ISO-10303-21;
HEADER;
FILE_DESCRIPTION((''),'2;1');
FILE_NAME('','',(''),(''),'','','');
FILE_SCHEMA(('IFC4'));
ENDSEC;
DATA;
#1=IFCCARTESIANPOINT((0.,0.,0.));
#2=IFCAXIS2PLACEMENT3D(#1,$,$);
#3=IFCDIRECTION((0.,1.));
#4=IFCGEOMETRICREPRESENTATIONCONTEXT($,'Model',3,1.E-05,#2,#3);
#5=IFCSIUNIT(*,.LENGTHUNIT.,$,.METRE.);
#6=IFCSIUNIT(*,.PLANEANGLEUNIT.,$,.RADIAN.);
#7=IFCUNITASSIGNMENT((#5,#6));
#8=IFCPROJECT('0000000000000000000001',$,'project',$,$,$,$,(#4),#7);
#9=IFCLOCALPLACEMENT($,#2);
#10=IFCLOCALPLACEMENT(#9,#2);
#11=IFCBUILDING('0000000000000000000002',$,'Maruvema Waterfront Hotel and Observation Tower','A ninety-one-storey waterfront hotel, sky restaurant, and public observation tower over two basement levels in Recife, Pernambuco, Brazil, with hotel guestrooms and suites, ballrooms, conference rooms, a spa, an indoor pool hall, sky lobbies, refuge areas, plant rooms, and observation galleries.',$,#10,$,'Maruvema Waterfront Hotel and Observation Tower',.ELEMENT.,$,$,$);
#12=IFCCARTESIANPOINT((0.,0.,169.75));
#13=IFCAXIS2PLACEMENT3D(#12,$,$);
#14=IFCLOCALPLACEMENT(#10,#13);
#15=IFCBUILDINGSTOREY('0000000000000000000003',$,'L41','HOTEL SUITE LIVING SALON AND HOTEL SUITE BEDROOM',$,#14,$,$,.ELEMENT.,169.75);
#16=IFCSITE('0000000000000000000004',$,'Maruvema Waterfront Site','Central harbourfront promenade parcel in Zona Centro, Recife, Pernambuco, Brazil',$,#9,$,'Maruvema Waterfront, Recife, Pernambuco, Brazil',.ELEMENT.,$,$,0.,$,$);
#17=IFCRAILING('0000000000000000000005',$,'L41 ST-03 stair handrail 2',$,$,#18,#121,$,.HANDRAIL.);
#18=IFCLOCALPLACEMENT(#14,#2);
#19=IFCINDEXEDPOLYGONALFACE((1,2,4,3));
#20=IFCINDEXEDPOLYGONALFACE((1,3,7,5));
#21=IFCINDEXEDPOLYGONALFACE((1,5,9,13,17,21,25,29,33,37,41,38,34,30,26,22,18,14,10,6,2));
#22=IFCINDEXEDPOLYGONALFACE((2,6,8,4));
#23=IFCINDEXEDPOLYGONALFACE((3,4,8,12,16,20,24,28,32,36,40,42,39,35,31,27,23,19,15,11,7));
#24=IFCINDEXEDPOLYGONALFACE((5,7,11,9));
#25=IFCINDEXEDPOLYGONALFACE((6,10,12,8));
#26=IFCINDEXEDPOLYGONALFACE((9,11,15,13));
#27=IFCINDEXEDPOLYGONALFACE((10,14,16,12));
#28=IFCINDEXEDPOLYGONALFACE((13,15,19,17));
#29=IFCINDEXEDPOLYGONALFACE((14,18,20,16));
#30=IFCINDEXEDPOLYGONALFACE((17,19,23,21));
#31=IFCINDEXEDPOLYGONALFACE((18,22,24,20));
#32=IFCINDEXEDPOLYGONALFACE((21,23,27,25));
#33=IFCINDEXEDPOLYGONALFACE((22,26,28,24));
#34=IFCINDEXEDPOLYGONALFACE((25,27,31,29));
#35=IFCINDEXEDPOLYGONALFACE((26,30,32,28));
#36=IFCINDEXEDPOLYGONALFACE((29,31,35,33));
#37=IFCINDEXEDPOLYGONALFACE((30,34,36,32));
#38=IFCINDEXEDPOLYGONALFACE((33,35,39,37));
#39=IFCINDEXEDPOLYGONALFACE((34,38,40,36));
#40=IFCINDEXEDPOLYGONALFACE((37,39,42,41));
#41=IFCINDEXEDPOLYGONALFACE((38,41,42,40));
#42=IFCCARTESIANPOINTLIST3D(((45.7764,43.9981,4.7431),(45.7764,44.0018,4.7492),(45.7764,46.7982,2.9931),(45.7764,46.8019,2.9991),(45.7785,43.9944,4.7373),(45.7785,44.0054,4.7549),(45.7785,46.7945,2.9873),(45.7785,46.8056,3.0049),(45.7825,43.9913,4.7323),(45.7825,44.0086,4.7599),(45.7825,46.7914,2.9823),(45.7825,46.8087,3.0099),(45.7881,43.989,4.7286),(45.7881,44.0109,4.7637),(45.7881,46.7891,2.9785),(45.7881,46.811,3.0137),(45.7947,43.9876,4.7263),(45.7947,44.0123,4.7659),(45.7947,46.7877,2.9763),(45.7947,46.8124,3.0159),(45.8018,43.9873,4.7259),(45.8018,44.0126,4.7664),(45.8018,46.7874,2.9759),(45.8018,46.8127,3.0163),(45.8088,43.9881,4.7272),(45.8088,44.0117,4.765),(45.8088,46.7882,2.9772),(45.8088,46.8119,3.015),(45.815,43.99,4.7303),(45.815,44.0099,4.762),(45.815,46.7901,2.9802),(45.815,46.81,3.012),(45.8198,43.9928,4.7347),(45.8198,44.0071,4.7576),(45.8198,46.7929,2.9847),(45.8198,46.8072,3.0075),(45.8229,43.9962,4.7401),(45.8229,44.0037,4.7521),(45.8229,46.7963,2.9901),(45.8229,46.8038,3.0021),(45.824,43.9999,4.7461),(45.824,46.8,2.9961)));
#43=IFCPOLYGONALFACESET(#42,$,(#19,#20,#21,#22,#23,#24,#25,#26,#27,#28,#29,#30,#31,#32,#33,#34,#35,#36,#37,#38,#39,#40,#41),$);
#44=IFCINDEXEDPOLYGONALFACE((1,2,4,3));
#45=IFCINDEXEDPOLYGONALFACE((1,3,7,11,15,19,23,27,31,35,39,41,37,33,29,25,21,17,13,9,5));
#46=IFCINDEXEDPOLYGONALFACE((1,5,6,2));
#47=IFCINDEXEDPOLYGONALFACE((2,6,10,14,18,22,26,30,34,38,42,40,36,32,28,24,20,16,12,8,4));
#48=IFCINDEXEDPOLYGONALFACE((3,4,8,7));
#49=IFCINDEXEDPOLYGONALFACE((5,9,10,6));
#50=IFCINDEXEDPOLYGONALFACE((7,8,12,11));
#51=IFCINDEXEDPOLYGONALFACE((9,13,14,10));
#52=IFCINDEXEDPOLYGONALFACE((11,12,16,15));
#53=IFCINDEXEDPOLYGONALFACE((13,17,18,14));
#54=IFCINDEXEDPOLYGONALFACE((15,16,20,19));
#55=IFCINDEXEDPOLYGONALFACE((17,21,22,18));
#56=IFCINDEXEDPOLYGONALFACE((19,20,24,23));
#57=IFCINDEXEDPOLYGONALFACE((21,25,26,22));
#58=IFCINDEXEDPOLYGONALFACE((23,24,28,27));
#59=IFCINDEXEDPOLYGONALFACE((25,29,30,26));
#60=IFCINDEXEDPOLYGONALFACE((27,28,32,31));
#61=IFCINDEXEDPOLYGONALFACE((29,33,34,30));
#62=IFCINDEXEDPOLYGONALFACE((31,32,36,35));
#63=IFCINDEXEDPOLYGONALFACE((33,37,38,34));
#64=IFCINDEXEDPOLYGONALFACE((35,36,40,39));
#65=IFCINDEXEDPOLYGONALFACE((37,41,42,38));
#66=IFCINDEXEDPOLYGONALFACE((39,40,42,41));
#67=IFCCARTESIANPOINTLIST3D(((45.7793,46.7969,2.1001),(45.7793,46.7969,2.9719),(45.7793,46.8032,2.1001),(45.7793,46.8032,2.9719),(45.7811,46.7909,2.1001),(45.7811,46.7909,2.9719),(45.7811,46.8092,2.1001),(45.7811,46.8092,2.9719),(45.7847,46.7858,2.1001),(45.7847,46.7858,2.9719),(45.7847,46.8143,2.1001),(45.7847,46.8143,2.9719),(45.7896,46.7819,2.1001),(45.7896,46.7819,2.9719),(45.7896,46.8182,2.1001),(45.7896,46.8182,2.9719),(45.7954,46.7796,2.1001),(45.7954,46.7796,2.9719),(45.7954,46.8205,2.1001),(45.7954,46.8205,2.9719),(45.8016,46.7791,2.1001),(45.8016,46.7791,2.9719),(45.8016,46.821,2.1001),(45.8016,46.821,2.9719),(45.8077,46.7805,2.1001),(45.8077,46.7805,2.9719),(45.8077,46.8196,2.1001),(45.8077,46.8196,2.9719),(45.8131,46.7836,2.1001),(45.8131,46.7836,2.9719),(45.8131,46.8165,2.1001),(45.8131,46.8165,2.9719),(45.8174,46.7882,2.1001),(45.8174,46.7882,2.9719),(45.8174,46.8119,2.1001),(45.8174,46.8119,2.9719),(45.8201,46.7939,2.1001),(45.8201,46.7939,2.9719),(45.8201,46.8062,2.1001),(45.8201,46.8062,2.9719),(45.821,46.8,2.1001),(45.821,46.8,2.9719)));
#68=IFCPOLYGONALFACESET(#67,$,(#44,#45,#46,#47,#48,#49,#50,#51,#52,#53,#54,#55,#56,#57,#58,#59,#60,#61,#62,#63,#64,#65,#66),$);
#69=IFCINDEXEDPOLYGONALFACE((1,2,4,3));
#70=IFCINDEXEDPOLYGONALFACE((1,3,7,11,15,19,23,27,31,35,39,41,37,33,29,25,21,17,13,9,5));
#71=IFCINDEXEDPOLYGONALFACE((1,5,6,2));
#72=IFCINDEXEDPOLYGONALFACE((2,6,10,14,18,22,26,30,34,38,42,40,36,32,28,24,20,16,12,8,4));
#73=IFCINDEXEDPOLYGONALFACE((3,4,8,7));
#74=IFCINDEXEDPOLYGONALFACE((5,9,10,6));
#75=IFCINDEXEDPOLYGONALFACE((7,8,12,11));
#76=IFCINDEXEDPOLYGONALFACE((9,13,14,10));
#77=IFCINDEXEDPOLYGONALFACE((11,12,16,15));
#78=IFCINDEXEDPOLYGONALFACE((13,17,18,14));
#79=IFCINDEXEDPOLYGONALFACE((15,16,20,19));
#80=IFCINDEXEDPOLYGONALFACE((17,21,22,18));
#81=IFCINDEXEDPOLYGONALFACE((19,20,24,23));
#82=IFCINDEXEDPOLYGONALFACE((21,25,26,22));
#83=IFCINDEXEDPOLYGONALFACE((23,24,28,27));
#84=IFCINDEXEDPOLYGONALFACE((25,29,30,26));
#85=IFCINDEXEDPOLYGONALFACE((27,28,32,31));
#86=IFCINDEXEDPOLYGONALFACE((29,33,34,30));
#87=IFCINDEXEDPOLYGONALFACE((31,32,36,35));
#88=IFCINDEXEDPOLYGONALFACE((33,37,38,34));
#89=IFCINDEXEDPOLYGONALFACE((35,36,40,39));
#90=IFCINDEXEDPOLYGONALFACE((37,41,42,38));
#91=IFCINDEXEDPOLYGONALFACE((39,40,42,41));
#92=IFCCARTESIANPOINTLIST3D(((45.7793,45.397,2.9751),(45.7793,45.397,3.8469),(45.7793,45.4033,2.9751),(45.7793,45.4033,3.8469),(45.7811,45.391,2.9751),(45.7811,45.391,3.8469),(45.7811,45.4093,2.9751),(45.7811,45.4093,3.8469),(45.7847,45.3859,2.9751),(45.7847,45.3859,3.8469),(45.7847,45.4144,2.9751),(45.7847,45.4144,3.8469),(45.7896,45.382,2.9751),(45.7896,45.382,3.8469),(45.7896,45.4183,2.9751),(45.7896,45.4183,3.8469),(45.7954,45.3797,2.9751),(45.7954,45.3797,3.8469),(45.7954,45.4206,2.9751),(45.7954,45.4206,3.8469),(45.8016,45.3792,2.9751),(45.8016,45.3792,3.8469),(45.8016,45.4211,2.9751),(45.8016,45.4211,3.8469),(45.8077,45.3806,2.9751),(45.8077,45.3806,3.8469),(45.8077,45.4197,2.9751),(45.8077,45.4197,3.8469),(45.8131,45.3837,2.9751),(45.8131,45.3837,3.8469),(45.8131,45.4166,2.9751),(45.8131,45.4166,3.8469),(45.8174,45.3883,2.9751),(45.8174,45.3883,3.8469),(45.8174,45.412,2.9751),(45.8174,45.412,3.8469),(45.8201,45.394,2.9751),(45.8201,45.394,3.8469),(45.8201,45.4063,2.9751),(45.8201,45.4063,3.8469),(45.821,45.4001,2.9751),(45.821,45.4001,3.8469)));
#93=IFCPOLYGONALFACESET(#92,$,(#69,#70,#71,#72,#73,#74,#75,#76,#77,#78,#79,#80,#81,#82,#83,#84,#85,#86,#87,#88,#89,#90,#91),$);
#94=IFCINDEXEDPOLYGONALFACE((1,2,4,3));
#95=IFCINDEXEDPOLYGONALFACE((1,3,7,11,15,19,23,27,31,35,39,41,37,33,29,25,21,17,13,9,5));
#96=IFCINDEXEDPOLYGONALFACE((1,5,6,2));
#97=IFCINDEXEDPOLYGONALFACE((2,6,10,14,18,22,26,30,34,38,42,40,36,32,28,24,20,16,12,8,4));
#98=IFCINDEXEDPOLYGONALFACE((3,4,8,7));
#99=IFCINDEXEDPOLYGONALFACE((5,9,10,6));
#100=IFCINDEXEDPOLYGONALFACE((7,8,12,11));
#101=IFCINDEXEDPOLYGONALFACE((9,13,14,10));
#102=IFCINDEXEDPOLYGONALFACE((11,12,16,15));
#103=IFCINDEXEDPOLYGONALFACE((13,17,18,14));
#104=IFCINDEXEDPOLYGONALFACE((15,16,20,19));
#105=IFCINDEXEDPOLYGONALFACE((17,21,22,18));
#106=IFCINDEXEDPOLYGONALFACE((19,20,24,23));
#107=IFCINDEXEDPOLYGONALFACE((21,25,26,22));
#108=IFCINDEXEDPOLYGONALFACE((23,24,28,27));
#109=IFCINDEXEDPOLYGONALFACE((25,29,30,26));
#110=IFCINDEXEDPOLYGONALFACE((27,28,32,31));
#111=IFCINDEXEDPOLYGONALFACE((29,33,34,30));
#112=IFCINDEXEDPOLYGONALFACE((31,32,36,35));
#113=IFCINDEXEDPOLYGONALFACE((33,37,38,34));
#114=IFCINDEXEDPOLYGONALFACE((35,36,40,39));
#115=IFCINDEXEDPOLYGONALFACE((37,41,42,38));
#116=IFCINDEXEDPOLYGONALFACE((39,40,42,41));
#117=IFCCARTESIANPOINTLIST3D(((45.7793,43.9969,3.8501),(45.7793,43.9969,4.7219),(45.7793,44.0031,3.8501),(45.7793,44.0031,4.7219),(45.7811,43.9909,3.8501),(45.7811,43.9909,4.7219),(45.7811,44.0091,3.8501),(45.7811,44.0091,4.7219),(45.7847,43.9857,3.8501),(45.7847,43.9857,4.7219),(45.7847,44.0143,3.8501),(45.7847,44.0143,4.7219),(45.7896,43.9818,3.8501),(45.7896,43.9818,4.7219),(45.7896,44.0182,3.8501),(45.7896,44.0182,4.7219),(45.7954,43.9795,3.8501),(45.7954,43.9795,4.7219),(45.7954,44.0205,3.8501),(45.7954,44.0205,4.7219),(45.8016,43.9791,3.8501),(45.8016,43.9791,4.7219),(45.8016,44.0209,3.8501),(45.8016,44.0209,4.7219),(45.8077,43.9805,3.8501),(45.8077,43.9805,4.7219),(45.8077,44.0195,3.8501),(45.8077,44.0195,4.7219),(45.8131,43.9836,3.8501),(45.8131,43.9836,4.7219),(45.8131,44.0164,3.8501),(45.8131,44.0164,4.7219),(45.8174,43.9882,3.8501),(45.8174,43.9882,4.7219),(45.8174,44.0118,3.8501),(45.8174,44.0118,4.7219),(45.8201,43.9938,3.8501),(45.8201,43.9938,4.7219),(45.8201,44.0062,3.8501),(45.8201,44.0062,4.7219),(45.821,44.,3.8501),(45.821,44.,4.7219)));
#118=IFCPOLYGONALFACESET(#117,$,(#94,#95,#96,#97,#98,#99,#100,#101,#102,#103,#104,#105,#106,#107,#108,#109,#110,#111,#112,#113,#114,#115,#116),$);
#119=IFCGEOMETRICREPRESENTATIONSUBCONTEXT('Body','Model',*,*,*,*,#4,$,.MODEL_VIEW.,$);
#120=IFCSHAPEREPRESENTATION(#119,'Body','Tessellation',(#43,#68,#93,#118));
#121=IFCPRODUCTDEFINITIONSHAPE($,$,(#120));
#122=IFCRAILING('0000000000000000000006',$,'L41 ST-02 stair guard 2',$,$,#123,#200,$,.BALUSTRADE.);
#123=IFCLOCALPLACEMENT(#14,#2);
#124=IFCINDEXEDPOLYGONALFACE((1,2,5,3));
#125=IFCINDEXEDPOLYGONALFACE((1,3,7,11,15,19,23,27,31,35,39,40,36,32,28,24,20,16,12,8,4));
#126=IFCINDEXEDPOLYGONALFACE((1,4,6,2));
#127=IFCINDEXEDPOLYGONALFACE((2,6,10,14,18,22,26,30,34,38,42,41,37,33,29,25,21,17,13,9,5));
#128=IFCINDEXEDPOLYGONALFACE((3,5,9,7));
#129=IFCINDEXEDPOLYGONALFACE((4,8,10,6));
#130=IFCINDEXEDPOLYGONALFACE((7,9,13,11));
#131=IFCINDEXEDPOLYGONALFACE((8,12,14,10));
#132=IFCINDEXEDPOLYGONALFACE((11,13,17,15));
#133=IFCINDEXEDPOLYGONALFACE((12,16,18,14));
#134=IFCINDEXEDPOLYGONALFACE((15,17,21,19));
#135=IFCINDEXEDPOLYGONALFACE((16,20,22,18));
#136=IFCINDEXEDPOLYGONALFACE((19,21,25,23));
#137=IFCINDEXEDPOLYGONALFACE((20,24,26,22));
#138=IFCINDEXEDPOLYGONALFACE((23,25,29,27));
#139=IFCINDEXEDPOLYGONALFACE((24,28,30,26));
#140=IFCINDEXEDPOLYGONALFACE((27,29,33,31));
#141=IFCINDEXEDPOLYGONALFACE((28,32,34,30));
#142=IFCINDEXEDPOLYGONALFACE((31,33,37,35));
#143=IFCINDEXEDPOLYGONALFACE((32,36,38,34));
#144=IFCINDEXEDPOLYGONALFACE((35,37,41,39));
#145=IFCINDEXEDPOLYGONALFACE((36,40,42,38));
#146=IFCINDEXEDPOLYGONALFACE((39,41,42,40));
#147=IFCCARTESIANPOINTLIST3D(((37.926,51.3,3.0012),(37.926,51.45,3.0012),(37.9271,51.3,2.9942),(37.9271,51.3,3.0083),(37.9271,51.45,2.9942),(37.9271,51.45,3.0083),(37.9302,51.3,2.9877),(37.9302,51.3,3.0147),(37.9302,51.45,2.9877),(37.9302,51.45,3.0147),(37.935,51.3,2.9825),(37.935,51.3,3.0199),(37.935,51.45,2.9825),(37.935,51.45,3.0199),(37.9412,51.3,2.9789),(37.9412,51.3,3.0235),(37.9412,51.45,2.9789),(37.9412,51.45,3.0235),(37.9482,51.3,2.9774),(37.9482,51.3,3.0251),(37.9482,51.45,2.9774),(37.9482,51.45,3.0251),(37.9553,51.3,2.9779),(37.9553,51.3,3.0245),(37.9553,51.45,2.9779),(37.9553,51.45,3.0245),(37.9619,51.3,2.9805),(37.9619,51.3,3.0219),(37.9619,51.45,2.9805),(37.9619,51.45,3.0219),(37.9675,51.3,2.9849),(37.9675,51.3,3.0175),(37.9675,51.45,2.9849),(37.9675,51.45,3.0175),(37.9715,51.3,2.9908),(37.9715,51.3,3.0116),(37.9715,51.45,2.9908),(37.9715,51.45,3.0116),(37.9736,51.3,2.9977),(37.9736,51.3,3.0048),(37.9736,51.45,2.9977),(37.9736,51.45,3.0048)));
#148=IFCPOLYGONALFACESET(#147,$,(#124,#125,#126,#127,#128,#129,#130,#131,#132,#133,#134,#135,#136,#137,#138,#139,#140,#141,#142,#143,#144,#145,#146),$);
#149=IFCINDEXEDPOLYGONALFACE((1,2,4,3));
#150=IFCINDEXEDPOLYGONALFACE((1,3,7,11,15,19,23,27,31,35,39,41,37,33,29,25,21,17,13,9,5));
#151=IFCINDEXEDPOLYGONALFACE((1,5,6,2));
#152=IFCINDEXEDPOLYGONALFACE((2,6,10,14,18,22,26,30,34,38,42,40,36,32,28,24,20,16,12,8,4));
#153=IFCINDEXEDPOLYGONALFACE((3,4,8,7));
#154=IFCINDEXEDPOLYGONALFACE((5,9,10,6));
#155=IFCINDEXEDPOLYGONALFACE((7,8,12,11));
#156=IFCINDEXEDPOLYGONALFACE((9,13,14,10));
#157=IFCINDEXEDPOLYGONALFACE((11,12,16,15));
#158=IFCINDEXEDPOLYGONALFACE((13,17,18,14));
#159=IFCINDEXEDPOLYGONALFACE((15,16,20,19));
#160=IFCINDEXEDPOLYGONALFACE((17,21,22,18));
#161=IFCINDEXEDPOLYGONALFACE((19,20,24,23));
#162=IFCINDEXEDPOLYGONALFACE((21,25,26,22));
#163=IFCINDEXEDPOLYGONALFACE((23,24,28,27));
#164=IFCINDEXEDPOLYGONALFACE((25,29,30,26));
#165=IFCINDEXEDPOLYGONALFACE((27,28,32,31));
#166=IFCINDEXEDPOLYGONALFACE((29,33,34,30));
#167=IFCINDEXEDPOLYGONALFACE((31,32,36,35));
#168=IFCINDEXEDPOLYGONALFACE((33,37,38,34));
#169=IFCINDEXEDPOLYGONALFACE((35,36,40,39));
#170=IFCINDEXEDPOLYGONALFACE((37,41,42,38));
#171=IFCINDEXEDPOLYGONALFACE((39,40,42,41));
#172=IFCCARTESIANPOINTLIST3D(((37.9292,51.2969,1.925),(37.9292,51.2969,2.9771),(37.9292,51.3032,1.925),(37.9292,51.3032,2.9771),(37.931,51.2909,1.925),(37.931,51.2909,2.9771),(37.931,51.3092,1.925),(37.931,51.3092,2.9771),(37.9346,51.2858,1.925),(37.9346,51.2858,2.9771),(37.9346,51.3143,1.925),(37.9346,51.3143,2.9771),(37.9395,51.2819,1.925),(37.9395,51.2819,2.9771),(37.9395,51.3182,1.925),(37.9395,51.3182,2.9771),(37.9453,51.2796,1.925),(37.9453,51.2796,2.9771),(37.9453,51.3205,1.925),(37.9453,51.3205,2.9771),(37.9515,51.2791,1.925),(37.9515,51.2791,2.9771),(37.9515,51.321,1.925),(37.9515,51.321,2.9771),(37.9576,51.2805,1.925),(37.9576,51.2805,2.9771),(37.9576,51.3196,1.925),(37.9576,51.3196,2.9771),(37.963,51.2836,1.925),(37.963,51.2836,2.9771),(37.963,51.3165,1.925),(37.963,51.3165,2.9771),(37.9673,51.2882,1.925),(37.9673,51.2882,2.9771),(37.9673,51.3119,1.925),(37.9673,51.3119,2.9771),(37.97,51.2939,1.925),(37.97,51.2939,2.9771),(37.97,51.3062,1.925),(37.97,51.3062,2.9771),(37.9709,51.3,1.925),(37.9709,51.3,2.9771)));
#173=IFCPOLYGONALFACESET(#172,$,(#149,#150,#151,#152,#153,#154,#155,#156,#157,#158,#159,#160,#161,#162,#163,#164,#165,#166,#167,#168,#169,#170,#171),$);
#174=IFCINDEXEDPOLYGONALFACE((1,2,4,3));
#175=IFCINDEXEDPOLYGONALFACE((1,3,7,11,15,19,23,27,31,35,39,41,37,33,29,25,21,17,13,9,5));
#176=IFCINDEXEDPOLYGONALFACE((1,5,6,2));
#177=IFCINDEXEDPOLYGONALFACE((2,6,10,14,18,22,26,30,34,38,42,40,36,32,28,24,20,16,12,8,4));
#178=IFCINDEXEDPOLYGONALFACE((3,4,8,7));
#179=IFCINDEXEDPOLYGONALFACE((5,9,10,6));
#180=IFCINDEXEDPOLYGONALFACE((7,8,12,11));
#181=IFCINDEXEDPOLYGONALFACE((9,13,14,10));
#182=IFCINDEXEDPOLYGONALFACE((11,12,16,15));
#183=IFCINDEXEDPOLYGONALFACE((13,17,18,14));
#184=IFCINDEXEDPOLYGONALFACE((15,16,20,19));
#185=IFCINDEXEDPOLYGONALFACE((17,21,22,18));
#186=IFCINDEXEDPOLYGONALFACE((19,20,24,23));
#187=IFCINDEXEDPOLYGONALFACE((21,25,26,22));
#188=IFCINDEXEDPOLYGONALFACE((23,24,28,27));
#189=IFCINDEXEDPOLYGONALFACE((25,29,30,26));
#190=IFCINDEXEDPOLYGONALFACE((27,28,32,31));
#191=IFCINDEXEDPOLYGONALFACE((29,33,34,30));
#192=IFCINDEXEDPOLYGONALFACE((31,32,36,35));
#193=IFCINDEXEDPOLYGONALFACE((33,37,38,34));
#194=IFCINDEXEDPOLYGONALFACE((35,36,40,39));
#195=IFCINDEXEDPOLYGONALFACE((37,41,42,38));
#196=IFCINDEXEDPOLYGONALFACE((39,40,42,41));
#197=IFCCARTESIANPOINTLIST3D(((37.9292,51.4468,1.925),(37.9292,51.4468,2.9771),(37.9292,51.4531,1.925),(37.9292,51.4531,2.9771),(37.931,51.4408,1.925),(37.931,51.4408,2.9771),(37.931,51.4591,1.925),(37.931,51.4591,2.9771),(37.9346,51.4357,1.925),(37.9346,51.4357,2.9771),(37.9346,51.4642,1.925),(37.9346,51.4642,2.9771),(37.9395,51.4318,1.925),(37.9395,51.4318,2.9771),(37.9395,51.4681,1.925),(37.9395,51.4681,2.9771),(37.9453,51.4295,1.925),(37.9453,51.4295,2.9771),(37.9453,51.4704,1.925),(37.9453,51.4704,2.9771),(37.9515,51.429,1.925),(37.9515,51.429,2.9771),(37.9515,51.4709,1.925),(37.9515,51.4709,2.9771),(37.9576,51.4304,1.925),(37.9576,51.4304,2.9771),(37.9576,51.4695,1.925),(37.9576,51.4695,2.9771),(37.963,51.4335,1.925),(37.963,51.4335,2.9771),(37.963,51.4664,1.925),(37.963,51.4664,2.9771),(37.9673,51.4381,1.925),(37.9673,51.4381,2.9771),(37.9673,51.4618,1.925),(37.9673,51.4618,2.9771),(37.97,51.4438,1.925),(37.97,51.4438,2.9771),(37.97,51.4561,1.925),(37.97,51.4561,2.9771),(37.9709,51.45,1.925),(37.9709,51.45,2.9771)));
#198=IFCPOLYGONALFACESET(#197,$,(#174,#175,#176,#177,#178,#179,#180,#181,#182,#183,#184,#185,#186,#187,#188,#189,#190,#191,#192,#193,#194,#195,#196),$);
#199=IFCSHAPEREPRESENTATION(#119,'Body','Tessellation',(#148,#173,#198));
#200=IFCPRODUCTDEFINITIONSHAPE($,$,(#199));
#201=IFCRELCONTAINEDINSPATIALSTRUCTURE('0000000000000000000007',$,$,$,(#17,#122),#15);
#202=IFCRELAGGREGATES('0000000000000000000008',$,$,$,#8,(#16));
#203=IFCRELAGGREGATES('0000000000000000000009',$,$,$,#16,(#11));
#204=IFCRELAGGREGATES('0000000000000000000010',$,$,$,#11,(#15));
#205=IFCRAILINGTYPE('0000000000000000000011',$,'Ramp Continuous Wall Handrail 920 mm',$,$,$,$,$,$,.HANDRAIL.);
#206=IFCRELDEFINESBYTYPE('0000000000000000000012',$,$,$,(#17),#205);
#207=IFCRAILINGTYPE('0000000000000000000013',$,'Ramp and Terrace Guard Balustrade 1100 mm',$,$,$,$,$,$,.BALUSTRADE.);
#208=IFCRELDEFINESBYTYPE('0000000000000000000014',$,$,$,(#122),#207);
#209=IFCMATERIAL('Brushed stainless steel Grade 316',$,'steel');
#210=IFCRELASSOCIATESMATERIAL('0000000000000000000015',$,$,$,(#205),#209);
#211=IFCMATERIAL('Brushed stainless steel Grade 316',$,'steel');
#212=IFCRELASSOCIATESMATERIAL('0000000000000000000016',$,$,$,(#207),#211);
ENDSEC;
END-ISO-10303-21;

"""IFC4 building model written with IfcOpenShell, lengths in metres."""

from ifc_helpers import new_model, si_unit, direction, frame, origin, origin_2d, place, context, subcontext, project, spatial, circle, extrude, material, type_object, element, save


model = new_model("IFC4")

# Units and contexts
model_context = context("Model", 3, precision=1e-05, world=origin(), true_north=direction((0.0, 1.0)))
body_context = subcontext(model_context, "Body", "Model", "MODEL_VIEW")
ifc_project = project(units=[si_unit("LENGTHUNIT", "METRE"), si_unit("PLANEANGLEUNIT", "RADIAN")], contexts=[model_context])

# Site, building, storey
site_placement = place(None, origin())
site = spatial("IfcSite", under=ifc_project, at=site_placement, Name="Maruvema Waterfront Site", Description="Central harbourfront promenade parcel in Zona Centro, Recife, Pernambuco, Brazil", LongName="Maruvema Waterfront, Recife, Pernambuco, Brazil", CompositionType="ELEMENT", RefElevation=0.0)
building_placement = place(site_placement, origin())
building = spatial("IfcBuilding", under=site, at=building_placement, Name="Maruvema Waterfront Hotel and Observation Tower", Description="A ninety-one-storey waterfront hotel, sky restaurant, and public observation tower over two basement levels in Recife, Pernambuco, Brazil, with hotel guestrooms and suites, ballrooms, conference rooms, a spa, an indoor pool hall, sky lobbies, refuge areas, plant rooms, and observation galleries.", LongName="Maruvema Waterfront Hotel and Observation Tower", CompositionType="ELEMENT")
storey_placement = place(building_placement, frame((0.0, 0.0, 169.75)))
storey = spatial("IfcBuildingStorey", under=building, at=storey_placement, Name="L41", Description="HOTEL SUITE LIVING SALON AND HOTEL SUITE BEDROOM", CompositionType="ELEMENT", Elevation=169.75)

# Railings
ifc_material_1 = material(Name="Brushed stainless steel Grade 316", Category="steel")
railing_type_1 = type_object("IfcRailingType", Name="Ramp Continuous Wall Handrail 920 mm", PredefinedType="HANDRAIL", material=ifc_material_1)
railing_1_placement = place(storey_placement, frame((45.8, 46.8, 2.1001)))
element("IfcRailing", 1, at=railing_1_placement, inside=storey, type_object=railing_type_1, Name="L41 ST-03 stair handrail 2", PredefinedType="HANDRAIL", context=body_context, shape_type="SweptSolid", body=[
    extrude(circle(Radius=0.0239, at=origin_2d()), frame((0.0, 0.0, 0.896), z_axis=(0.0, -0.848002, 0.529992), x_axis=(1.0, 0.0, 0.0)), (0.0, 0.0, 1.0), 3.302),
    extrude(circle(Radius=0.021, at=origin_2d()), origin(), (0.0, 0.0, 1.0), 0.8718),
    extrude(circle(Radius=0.021, at=origin_2d()), frame((0.0, -1.3999, 0.875)), (0.0, 0.0, 1.0), 0.8718),
    extrude(circle(Radius=0.021, at=origin_2d()), frame((0.0, -2.8, 1.75)), (0.0, 0.0, 1.0), 0.8718),
])
ifc_material_2 = material(Name="Brushed stainless steel Grade 316", Category="steel")
railing_type_2 = type_object("IfcRailingType", Name="Ramp and Terrace Guard Balustrade 1100 mm", PredefinedType="BALUSTRADE", material=ifc_material_2)
railing_2_placement = place(storey_placement, frame((37.95, 51.3, 1.925)))
element("IfcRailing", 2, at=railing_2_placement, inside=storey, type_object=railing_type_2, Name="L41 ST-02 stair guard 2", PredefinedType="BALUSTRADE", context=body_context, shape_type="SweptSolid", body=[
    extrude(circle(Radius=0.0239, at=origin_2d()), frame((0.0, 0.0, 1.0762), z_axis=(0.0, 1.0, 0.0), x_axis=(-1.0, 0.0, 0.0)), (0.0, 0.0, 1.0), 0.1499),
    extrude(circle(Radius=0.021, at=origin_2d()), origin(), (0.0, 0.0, 1.0), 1.052),
    extrude(circle(Radius=0.021, at=origin_2d()), frame((0.0, 0.1499, 0.0)), (0.0, 0.0, 1.0), 1.052),
])

save(model, "model.ifc")
